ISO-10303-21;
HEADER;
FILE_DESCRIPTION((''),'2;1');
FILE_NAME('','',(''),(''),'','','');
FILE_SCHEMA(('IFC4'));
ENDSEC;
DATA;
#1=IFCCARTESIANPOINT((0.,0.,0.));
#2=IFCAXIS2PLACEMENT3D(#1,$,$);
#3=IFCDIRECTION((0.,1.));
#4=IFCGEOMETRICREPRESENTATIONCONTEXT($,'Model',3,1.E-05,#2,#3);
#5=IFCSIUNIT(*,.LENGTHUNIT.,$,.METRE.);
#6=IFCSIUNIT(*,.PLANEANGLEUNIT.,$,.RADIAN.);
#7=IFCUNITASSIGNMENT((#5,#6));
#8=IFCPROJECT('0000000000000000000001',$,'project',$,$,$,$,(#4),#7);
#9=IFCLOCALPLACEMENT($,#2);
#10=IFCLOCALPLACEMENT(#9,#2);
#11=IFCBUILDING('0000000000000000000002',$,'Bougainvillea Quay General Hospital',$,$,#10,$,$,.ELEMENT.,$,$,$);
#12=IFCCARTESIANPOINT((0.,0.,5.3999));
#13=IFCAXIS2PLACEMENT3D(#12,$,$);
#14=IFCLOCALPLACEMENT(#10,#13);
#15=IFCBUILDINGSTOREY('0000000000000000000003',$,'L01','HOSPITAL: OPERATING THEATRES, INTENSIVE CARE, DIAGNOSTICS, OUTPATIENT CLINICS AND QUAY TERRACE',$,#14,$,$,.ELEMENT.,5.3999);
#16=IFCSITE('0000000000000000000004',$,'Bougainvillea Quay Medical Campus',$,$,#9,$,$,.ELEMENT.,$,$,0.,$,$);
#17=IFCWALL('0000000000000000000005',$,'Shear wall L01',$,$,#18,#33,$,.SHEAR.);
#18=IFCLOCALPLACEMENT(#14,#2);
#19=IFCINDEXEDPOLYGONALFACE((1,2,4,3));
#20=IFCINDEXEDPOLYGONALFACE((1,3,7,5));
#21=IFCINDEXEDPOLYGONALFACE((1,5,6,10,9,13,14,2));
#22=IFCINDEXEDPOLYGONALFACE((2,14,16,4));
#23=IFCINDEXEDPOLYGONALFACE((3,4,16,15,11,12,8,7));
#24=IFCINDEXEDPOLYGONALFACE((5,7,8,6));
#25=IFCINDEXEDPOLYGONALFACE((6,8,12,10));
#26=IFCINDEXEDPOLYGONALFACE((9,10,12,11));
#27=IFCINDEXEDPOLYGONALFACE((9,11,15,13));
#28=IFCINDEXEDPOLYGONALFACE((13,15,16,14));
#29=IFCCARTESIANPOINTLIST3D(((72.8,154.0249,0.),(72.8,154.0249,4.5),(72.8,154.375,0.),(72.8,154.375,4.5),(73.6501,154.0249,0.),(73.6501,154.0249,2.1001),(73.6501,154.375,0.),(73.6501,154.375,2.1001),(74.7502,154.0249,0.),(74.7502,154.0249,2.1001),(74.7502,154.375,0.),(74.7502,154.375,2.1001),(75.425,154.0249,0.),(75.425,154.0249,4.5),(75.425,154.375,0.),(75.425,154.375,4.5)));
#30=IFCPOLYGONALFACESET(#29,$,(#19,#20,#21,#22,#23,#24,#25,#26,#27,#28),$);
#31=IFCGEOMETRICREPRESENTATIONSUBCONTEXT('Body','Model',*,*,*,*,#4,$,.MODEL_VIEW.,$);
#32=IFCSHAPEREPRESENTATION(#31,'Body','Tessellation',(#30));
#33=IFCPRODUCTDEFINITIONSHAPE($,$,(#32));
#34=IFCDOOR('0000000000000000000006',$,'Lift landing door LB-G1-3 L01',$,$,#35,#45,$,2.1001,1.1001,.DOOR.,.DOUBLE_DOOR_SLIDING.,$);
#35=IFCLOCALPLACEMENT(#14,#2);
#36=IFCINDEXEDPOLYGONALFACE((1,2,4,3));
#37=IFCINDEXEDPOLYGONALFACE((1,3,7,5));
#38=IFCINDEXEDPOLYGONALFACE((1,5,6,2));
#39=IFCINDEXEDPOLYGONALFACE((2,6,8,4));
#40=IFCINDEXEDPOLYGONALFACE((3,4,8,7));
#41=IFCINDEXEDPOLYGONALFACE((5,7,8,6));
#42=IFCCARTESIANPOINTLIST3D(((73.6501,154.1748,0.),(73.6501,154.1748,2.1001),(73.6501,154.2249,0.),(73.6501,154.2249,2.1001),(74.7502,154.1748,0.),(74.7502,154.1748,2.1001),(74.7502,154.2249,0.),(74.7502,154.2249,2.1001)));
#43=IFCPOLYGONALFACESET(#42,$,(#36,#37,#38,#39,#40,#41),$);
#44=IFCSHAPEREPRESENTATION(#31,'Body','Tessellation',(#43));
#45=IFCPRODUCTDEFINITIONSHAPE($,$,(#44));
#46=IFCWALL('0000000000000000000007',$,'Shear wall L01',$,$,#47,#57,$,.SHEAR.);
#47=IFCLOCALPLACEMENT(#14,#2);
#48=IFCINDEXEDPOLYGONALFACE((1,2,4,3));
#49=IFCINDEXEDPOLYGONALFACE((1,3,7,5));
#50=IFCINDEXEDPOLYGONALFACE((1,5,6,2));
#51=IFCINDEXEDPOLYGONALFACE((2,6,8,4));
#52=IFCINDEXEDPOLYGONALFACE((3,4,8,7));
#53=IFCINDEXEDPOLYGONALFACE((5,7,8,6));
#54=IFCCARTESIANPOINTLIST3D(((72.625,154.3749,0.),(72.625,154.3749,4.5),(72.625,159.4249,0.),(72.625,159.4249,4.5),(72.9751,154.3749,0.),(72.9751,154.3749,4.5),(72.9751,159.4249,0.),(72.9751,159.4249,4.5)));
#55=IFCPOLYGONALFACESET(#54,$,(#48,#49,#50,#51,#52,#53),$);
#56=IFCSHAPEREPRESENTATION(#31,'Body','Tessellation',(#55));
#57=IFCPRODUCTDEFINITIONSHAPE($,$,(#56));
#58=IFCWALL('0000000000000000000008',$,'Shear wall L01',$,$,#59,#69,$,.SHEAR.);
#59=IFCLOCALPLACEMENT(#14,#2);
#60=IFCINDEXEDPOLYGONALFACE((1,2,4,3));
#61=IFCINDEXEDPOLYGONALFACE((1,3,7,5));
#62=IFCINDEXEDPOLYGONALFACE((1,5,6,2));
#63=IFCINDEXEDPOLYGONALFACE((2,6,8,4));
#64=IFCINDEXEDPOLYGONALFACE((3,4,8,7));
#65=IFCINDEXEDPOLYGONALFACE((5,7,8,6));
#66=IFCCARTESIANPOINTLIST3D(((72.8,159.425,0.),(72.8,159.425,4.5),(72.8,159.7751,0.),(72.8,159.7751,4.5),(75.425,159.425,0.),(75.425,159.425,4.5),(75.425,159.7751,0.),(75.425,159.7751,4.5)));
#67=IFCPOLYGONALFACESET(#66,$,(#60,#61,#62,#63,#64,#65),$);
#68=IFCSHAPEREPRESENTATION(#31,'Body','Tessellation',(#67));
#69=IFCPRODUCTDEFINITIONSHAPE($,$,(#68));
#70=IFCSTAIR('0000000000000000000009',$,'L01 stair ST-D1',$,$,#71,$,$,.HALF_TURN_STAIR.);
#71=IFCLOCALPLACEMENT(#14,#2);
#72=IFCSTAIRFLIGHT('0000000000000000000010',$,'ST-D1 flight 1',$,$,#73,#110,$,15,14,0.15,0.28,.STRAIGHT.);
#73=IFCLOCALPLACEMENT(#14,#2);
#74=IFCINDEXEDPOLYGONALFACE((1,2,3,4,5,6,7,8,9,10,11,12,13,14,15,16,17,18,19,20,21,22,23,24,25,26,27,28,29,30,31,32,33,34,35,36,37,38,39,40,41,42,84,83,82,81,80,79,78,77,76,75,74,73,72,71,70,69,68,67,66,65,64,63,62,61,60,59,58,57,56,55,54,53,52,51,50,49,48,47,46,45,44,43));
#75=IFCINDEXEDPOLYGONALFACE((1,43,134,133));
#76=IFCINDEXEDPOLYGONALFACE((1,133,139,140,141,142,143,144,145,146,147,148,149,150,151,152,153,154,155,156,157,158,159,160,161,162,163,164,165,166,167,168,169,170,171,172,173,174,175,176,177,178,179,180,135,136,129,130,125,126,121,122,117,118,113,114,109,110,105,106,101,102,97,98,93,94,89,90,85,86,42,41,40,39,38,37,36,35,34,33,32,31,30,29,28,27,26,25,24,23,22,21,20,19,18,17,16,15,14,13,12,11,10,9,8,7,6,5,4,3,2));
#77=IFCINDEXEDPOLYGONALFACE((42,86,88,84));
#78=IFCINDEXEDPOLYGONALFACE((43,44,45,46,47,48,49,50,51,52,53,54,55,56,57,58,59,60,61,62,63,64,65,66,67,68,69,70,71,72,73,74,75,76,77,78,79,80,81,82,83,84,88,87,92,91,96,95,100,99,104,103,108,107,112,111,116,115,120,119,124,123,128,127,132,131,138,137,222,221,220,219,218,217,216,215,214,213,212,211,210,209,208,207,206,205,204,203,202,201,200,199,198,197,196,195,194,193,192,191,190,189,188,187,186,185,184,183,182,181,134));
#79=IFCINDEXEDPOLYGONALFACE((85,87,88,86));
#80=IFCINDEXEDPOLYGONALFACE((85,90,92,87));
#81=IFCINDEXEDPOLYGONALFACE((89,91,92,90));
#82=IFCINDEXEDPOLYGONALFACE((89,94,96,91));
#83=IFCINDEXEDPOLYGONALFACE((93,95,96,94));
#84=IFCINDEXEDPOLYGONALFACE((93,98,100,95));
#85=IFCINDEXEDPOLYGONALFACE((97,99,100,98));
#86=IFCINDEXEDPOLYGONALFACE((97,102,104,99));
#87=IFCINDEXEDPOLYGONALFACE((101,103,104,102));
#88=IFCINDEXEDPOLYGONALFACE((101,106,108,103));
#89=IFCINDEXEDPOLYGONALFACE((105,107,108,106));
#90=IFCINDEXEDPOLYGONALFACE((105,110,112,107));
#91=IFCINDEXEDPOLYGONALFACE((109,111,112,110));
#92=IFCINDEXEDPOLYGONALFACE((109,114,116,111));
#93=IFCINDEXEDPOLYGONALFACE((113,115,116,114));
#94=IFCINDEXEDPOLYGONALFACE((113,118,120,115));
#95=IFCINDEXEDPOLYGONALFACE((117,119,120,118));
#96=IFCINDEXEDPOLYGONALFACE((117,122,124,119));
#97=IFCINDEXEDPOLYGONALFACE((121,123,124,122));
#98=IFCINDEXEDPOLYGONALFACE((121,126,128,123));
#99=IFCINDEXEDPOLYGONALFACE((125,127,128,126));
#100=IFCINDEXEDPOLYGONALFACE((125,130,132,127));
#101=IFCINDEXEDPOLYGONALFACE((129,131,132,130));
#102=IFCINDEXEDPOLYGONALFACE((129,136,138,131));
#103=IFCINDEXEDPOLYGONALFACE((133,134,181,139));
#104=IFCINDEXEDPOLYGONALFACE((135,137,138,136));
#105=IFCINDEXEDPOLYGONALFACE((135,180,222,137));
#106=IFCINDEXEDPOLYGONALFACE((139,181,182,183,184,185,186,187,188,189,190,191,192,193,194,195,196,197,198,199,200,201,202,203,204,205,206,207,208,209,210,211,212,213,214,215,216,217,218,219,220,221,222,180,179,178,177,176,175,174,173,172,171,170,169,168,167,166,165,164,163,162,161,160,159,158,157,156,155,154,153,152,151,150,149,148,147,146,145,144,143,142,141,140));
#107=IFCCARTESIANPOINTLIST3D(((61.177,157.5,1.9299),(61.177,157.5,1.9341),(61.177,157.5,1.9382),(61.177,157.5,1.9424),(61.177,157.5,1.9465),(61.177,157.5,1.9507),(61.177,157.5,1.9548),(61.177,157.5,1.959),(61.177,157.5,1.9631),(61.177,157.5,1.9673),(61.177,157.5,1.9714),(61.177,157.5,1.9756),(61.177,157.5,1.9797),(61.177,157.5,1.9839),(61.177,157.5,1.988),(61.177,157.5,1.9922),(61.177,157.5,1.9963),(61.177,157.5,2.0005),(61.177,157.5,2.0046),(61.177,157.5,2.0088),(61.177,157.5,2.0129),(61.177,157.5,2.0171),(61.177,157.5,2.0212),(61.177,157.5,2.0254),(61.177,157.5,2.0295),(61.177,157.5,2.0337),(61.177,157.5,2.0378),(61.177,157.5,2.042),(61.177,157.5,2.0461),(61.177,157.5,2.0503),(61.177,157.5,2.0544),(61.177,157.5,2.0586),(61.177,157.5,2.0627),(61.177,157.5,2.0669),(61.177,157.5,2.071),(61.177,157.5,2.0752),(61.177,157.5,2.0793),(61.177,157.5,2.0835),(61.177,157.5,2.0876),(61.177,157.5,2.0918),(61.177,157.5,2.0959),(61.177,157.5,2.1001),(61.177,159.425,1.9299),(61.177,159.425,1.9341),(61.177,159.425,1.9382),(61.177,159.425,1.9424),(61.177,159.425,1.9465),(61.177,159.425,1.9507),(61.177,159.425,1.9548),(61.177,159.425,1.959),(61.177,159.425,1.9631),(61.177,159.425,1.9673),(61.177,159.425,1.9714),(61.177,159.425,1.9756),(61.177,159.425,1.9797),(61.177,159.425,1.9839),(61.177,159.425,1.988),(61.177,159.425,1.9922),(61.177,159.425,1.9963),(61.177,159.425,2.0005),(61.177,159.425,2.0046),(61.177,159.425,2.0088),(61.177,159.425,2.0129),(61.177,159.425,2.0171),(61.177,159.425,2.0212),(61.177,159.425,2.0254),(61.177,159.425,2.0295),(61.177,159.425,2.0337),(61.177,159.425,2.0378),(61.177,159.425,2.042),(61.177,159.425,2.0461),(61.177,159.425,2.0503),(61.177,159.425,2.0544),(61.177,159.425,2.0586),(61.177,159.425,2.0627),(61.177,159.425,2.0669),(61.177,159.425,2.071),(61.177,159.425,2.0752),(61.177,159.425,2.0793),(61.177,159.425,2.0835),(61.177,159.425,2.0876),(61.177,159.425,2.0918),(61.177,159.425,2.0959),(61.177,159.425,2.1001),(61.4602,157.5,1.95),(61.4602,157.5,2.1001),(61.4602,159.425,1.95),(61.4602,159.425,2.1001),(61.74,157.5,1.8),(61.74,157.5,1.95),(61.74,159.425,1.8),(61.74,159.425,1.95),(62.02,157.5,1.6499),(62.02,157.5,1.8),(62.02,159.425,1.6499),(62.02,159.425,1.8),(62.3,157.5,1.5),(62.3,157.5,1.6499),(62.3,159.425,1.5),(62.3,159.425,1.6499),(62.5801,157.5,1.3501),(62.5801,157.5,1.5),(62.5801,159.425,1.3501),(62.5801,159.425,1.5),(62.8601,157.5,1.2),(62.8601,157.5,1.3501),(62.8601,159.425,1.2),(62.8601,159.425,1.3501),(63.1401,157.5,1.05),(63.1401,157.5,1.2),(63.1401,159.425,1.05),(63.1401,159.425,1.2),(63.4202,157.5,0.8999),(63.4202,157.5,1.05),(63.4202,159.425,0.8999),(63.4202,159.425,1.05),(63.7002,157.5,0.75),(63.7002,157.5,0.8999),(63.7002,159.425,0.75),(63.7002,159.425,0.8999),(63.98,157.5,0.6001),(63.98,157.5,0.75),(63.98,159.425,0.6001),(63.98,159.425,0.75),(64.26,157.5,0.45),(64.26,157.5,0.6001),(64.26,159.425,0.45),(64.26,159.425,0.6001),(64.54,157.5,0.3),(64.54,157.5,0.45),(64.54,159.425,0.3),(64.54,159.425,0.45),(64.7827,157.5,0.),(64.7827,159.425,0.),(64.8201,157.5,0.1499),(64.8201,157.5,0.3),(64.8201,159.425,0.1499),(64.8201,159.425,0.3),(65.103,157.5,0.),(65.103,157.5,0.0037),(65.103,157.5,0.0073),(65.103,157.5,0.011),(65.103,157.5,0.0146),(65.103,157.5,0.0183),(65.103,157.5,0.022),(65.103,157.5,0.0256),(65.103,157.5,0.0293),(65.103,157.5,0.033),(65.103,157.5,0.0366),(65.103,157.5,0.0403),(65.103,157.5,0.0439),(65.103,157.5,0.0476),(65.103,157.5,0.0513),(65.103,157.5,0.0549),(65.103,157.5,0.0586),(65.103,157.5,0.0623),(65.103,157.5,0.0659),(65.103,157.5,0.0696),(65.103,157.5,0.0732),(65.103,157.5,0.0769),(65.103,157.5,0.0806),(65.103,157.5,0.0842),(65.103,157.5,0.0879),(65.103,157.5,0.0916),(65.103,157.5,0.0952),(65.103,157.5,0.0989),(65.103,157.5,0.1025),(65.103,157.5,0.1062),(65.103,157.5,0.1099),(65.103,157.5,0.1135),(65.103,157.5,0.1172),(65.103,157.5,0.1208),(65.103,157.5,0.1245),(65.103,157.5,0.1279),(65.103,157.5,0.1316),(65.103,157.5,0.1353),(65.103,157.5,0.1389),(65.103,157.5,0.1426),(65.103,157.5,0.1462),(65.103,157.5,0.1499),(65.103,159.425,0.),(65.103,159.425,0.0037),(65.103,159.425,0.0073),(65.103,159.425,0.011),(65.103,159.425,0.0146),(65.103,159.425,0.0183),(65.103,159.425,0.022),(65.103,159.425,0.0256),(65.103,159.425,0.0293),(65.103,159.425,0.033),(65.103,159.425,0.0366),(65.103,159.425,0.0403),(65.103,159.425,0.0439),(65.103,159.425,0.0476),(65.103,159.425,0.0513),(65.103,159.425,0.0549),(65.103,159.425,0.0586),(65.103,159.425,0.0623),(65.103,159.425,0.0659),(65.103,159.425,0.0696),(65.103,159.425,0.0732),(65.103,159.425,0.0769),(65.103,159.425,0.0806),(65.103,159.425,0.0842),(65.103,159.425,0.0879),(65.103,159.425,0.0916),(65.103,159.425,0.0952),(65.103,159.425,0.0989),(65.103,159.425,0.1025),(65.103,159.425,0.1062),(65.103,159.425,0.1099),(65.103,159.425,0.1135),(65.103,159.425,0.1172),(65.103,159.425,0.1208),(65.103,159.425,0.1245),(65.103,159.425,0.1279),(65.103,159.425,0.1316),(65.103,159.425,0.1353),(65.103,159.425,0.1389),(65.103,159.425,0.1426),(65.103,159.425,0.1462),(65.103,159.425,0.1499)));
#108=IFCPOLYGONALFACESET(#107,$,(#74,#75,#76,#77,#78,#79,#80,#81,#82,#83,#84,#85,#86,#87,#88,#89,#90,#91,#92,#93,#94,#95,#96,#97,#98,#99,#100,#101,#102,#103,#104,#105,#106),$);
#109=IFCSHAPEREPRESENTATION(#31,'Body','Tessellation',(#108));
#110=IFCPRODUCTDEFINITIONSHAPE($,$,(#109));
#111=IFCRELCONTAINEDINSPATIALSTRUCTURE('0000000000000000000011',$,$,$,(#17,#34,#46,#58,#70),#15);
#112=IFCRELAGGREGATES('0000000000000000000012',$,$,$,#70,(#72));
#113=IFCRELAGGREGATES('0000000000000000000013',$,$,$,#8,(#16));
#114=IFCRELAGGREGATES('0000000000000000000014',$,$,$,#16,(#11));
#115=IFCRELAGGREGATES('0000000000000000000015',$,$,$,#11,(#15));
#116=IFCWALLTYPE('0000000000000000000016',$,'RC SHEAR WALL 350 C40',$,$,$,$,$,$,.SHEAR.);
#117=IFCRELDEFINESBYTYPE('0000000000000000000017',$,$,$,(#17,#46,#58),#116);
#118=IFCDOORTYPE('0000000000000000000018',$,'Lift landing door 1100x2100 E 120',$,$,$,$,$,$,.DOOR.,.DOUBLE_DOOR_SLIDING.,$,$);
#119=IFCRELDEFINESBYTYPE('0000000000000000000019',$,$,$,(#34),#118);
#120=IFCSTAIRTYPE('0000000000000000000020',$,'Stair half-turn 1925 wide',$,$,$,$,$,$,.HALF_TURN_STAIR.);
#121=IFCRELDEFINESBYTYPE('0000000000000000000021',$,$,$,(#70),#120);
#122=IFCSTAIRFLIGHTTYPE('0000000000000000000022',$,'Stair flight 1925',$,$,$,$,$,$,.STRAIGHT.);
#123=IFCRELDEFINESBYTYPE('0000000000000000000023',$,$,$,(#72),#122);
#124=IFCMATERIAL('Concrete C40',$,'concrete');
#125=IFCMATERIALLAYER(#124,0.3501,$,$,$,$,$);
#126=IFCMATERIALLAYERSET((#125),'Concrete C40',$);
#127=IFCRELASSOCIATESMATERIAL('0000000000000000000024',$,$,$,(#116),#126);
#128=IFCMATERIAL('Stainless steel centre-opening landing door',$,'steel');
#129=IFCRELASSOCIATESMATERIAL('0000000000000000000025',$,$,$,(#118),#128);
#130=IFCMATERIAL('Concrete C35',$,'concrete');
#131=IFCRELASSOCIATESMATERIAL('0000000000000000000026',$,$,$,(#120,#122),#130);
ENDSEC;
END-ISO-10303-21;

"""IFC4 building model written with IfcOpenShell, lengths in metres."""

from ifc_helpers import new_model, si_unit, direction, frame, frame_2d, origin, place, context, subcontext, project, spatial, polyline, rectangle, outline, extrude, material, layer, layer_set, type_object, element, fill, aggregate, save


model = new_model("IFC4")

# Units and contexts
model_context = context("Model", 3, precision=1e-05, world=origin(), true_north=direction((0.0, 1.0)))
body_context = subcontext(model_context, "Body", "Model", "MODEL_VIEW")
ifc_project = project(units=[si_unit("LENGTHUNIT", "METRE"), si_unit("PLANEANGLEUNIT", "RADIAN")], contexts=[model_context])

# Site, building, storey
site_placement = place(None, origin())
site = spatial("IfcSite", under=ifc_project, at=site_placement, Name="Bougainvillea Quay Medical Campus", CompositionType="ELEMENT", RefElevation=0.0)
building_placement = place(site_placement, origin())
building = spatial("IfcBuilding", under=site, at=building_placement, Name="Bougainvillea Quay General Hospital", CompositionType="ELEMENT")
storey_placement = place(building_placement, frame((0.0, 0.0, 5.3999)))
storey = spatial("IfcBuildingStorey", under=building, at=storey_placement, Name="L01", Description="HOSPITAL: OPERATING THEATRES, INTENSIVE CARE, DIAGNOSTICS, OUTPATIENT CLINICS AND QUAY TERRACE", CompositionType="ELEMENT", Elevation=5.3999)

# Shared definitions
ifc_material_1 = material(Name="Concrete C40", Category="concrete")
ifc_layer = layer(ifc_material_1, 0.3501)
ifc_layer_set = layer_set([ifc_layer], Name="Concrete C40")
wall_type = type_object("IfcWallType", Name="RC SHEAR WALL 350 C40", PredefinedType="SHEAR", material=ifc_layer_set)

# Shared definitions
ifc_material_2 = material(Name="Stainless steel centre-opening landing door", Category="steel")
door_type_1 = type_object("IfcDoorType", Name="Lift landing door 1100x2100 E 120", OperationType="DOUBLE_DOOR_SLIDING", PredefinedType="DOOR", material=ifc_material_2)

# Wall, opening, door
wall_1_placement = place(storey_placement, frame((72.8, 154.2, 0.0), z_axis=(0.0, 0.0, 1.0), x_axis=(1.0, 0.0, 0.0)))
wall_1 = element("IfcWall", 1, at=wall_1_placement, inside=storey, type_object=wall_type, Name="Shear wall L01", PredefinedType="SHEAR", context=body_context, shape_type="SweptSolid", body=[
    extrude(rectangle(XDim=2.625, YDim=0.3501, at=frame_2d((1.3125, 0.0))), origin(), (0.0, 0.0, 1.0), 4.5),
])
opening_1_placement = place(wall_1_placement, frame((0.8501, 0.0, 0.0)))
opening_1 = element("IfcOpeningElement", 2, at=opening_1_placement, cuts=wall_1, PredefinedType="OPENING", context=body_context, shape_type="SweptSolid", body=[
    extrude(rectangle(XDim=1.1001, YDim=2.1001, at=frame_2d((0.55, 1.05))), frame((0.0, 0.1851, 0.0), z_axis=(0.0, -1.0, 0.0), x_axis=(1.0, 0.0, 0.0)), (0.0, 0.0, 1.0), 0.3701),
])
door_1_placement = place(opening_1_placement, origin())
door_1 = element("IfcDoor", 3, at=door_1_placement, inside=storey, type_object=door_type_1, Name="Lift landing door LB-G1-3 L01", OperationType="DOUBLE_DOOR_SLIDING", OverallHeight=2.1001, OverallWidth=1.1001, PredefinedType="DOOR", context=body_context, shape_type="SweptSolid", body=[
    extrude(rectangle(XDim=1.1001, YDim=2.1001, at=frame_2d((0.55, 1.05))), frame((0.0, 0.0249, 0.0), z_axis=(0.0, -1.0, 0.0), x_axis=(1.0, 0.0, 0.0)), (0.0, 0.0, 1.0), 0.05),
])
fill(opening_1, door_1)

# Walls
wall_2_placement = place(storey_placement, frame((72.8, 154.375, 0.0), z_axis=(0.0, 0.0, 1.0), x_axis=(0.0, 1.0, 0.0)))
element("IfcWall", 4, at=wall_2_placement, inside=storey, type_object=wall_type, Name="Shear wall L01", PredefinedType="SHEAR", context=body_context, shape_type="SweptSolid", body=[
    extrude(rectangle(XDim=5.05, YDim=0.3501, at=frame_2d((2.5249, 0.0))), origin(), (0.0, 0.0, 1.0), 4.5),
])
wall_3_placement = place(storey_placement, frame((72.8, 159.6001, 0.0), z_axis=(0.0, 0.0, 1.0), x_axis=(1.0, 0.0, 0.0)))
element("IfcWall", 5, at=wall_3_placement, inside=storey, type_object=wall_type, Name="Shear wall L01", PredefinedType="SHEAR", context=body_context, shape_type="SweptSolid", body=[
    extrude(rectangle(XDim=2.625, YDim=0.3501, at=frame_2d((1.3125, 0.0))), origin(), (0.0, 0.0, 1.0), 4.5),
])

# Stair, stair flight
ifc_material_3 = material(Name="Concrete C35", Category="concrete")
stair_type = type_object("IfcStairType", Name="Stair half-turn 1925 wide", PredefinedType="HALF_TURN_STAIR", material=ifc_material_3)
stair_placement = place(storey_placement, origin())
stair = element("IfcStair", 6, at=stair_placement, inside=storey, type_object=stair_type, Name="L01 stair ST-D1", PredefinedType="HALF_TURN_STAIR")
stair_flight_type = type_object("IfcStairFlightType", Name="Stair flight 1925", PredefinedType="STRAIGHT", material=ifc_material_3)
stair_flight_1_placement = place(storey_placement, frame((65.1001, 158.4624, 0.0), z_axis=(0.0, 0.0, 1.0), x_axis=(-1.0, 0.0, 0.0)))
stair_flight_1 = element("IfcStairFlight", 7, at=stair_flight_1_placement, type_object=stair_flight_type, Name="ST-D1 flight 1", NumberOfRisers=15, NumberOfTreads=14, PredefinedType="STRAIGHT", RiserHeight=0.15, TreadLength=0.28, context=body_context, shape_type="SweptSolid", body=[
    extrude(outline(polyline([(-0.0029, 0.0), (-0.0029, 0.0037), (-0.0029, 0.0073), (-0.0029, 0.011), (-0.0029, 0.0146), (-0.0029, 0.0183), (-0.0029, 0.022), (-0.0029, 0.0256), (-0.0029, 0.0293), (-0.0029, 0.033), (-0.0029, 0.0366), (-0.0029, 0.0403), (-0.0029, 0.0439), (-0.0029, 0.0476), (-0.0029, 0.0513), (-0.0029, 0.0549), (-0.0029, 0.0586), (-0.0029, 0.0623), (-0.0029, 0.0659), (-0.0029, 0.0696), (-0.0029, 0.0732), (-0.0029, 0.0769), (-0.0029, 0.0806), (-0.0029, 0.0842), (-0.0029, 0.0879), (-0.0029, 0.0916), (-0.0029, 0.0952), (-0.0029, 0.0989), (-0.0029, 0.1025), (-0.0029, 0.1062), (-0.0029, 0.1099), (-0.0029, 0.1135), (-0.0029, 0.1172), (-0.0029, 0.1208), (-0.0029, 0.1245), (-0.0029, 0.1279), (-0.0029, 0.1316), (-0.0029, 0.1353), (-0.0029, 0.1389), (-0.0029, 0.1426), (-0.0029, 0.1462), (-0.0029, 0.1499), (0.28, 0.1499), (0.28, 0.3), (0.5601, 0.3), (0.5601, 0.45), (0.8401, 0.45), (0.8401, 0.6001), (1.1201, 0.6001), (1.1201, 0.75), (1.3999, 0.75), (1.3999, 0.8999), (1.6799, 0.8999), (1.6799, 1.05), (1.96, 1.05), (1.96, 1.2), (2.24, 1.2), (2.24, 1.3501), (2.52, 1.3501), (2.52, 1.5), (2.8, 1.5), (2.8, 1.6499), (3.0801, 1.6499), (3.0801, 1.8), (3.3601, 1.8), (3.3601, 1.95), (3.6399, 1.95), (3.6399, 2.1001), (3.9231, 2.1001), (3.9231, 2.0959), (3.9231, 2.0918), (3.9231, 2.0876), (3.9231, 2.0835), (3.9231, 2.0793), (3.9231, 2.0752), (3.9231, 2.071), (3.9231, 2.0669), (3.9231, 2.0627), (3.9231, 2.0586), (3.9231, 2.0544), (3.9231, 2.0503), (3.9231, 2.0461), (3.9231, 2.042), (3.9231, 2.0378), (3.9231, 2.0337), (3.9231, 2.0295), (3.9231, 2.0254), (3.9231, 2.0212), (3.9231, 2.0171), (3.9231, 2.0129), (3.9231, 2.0088), (3.9231, 2.0046), (3.9231, 2.0005), (3.9231, 1.9963), (3.9231, 1.9922), (3.9231, 1.988), (3.9231, 1.9839), (3.9231, 1.9797), (3.9231, 1.9756), (3.9231, 1.9714), (3.9231, 1.9673), (3.9231, 1.9631), (3.9231, 1.959), (3.9231, 1.9548), (3.9231, 1.9507), (3.9231, 1.9465), (3.9231, 1.9424), (3.9231, 1.9382), (3.9231, 1.9341), (3.9231, 1.9299), (0.3174, 0.0), (-0.0029, 0.0)])), frame((0.0, 0.9624, 0.0), z_axis=(0.0, -1.0, 0.0), x_axis=(1.0, 0.0, 0.0)), (0.0, 0.0, 1.0), 1.925),
])
aggregate(stair, [stair_flight_1])

save(model, "model.ifc")
